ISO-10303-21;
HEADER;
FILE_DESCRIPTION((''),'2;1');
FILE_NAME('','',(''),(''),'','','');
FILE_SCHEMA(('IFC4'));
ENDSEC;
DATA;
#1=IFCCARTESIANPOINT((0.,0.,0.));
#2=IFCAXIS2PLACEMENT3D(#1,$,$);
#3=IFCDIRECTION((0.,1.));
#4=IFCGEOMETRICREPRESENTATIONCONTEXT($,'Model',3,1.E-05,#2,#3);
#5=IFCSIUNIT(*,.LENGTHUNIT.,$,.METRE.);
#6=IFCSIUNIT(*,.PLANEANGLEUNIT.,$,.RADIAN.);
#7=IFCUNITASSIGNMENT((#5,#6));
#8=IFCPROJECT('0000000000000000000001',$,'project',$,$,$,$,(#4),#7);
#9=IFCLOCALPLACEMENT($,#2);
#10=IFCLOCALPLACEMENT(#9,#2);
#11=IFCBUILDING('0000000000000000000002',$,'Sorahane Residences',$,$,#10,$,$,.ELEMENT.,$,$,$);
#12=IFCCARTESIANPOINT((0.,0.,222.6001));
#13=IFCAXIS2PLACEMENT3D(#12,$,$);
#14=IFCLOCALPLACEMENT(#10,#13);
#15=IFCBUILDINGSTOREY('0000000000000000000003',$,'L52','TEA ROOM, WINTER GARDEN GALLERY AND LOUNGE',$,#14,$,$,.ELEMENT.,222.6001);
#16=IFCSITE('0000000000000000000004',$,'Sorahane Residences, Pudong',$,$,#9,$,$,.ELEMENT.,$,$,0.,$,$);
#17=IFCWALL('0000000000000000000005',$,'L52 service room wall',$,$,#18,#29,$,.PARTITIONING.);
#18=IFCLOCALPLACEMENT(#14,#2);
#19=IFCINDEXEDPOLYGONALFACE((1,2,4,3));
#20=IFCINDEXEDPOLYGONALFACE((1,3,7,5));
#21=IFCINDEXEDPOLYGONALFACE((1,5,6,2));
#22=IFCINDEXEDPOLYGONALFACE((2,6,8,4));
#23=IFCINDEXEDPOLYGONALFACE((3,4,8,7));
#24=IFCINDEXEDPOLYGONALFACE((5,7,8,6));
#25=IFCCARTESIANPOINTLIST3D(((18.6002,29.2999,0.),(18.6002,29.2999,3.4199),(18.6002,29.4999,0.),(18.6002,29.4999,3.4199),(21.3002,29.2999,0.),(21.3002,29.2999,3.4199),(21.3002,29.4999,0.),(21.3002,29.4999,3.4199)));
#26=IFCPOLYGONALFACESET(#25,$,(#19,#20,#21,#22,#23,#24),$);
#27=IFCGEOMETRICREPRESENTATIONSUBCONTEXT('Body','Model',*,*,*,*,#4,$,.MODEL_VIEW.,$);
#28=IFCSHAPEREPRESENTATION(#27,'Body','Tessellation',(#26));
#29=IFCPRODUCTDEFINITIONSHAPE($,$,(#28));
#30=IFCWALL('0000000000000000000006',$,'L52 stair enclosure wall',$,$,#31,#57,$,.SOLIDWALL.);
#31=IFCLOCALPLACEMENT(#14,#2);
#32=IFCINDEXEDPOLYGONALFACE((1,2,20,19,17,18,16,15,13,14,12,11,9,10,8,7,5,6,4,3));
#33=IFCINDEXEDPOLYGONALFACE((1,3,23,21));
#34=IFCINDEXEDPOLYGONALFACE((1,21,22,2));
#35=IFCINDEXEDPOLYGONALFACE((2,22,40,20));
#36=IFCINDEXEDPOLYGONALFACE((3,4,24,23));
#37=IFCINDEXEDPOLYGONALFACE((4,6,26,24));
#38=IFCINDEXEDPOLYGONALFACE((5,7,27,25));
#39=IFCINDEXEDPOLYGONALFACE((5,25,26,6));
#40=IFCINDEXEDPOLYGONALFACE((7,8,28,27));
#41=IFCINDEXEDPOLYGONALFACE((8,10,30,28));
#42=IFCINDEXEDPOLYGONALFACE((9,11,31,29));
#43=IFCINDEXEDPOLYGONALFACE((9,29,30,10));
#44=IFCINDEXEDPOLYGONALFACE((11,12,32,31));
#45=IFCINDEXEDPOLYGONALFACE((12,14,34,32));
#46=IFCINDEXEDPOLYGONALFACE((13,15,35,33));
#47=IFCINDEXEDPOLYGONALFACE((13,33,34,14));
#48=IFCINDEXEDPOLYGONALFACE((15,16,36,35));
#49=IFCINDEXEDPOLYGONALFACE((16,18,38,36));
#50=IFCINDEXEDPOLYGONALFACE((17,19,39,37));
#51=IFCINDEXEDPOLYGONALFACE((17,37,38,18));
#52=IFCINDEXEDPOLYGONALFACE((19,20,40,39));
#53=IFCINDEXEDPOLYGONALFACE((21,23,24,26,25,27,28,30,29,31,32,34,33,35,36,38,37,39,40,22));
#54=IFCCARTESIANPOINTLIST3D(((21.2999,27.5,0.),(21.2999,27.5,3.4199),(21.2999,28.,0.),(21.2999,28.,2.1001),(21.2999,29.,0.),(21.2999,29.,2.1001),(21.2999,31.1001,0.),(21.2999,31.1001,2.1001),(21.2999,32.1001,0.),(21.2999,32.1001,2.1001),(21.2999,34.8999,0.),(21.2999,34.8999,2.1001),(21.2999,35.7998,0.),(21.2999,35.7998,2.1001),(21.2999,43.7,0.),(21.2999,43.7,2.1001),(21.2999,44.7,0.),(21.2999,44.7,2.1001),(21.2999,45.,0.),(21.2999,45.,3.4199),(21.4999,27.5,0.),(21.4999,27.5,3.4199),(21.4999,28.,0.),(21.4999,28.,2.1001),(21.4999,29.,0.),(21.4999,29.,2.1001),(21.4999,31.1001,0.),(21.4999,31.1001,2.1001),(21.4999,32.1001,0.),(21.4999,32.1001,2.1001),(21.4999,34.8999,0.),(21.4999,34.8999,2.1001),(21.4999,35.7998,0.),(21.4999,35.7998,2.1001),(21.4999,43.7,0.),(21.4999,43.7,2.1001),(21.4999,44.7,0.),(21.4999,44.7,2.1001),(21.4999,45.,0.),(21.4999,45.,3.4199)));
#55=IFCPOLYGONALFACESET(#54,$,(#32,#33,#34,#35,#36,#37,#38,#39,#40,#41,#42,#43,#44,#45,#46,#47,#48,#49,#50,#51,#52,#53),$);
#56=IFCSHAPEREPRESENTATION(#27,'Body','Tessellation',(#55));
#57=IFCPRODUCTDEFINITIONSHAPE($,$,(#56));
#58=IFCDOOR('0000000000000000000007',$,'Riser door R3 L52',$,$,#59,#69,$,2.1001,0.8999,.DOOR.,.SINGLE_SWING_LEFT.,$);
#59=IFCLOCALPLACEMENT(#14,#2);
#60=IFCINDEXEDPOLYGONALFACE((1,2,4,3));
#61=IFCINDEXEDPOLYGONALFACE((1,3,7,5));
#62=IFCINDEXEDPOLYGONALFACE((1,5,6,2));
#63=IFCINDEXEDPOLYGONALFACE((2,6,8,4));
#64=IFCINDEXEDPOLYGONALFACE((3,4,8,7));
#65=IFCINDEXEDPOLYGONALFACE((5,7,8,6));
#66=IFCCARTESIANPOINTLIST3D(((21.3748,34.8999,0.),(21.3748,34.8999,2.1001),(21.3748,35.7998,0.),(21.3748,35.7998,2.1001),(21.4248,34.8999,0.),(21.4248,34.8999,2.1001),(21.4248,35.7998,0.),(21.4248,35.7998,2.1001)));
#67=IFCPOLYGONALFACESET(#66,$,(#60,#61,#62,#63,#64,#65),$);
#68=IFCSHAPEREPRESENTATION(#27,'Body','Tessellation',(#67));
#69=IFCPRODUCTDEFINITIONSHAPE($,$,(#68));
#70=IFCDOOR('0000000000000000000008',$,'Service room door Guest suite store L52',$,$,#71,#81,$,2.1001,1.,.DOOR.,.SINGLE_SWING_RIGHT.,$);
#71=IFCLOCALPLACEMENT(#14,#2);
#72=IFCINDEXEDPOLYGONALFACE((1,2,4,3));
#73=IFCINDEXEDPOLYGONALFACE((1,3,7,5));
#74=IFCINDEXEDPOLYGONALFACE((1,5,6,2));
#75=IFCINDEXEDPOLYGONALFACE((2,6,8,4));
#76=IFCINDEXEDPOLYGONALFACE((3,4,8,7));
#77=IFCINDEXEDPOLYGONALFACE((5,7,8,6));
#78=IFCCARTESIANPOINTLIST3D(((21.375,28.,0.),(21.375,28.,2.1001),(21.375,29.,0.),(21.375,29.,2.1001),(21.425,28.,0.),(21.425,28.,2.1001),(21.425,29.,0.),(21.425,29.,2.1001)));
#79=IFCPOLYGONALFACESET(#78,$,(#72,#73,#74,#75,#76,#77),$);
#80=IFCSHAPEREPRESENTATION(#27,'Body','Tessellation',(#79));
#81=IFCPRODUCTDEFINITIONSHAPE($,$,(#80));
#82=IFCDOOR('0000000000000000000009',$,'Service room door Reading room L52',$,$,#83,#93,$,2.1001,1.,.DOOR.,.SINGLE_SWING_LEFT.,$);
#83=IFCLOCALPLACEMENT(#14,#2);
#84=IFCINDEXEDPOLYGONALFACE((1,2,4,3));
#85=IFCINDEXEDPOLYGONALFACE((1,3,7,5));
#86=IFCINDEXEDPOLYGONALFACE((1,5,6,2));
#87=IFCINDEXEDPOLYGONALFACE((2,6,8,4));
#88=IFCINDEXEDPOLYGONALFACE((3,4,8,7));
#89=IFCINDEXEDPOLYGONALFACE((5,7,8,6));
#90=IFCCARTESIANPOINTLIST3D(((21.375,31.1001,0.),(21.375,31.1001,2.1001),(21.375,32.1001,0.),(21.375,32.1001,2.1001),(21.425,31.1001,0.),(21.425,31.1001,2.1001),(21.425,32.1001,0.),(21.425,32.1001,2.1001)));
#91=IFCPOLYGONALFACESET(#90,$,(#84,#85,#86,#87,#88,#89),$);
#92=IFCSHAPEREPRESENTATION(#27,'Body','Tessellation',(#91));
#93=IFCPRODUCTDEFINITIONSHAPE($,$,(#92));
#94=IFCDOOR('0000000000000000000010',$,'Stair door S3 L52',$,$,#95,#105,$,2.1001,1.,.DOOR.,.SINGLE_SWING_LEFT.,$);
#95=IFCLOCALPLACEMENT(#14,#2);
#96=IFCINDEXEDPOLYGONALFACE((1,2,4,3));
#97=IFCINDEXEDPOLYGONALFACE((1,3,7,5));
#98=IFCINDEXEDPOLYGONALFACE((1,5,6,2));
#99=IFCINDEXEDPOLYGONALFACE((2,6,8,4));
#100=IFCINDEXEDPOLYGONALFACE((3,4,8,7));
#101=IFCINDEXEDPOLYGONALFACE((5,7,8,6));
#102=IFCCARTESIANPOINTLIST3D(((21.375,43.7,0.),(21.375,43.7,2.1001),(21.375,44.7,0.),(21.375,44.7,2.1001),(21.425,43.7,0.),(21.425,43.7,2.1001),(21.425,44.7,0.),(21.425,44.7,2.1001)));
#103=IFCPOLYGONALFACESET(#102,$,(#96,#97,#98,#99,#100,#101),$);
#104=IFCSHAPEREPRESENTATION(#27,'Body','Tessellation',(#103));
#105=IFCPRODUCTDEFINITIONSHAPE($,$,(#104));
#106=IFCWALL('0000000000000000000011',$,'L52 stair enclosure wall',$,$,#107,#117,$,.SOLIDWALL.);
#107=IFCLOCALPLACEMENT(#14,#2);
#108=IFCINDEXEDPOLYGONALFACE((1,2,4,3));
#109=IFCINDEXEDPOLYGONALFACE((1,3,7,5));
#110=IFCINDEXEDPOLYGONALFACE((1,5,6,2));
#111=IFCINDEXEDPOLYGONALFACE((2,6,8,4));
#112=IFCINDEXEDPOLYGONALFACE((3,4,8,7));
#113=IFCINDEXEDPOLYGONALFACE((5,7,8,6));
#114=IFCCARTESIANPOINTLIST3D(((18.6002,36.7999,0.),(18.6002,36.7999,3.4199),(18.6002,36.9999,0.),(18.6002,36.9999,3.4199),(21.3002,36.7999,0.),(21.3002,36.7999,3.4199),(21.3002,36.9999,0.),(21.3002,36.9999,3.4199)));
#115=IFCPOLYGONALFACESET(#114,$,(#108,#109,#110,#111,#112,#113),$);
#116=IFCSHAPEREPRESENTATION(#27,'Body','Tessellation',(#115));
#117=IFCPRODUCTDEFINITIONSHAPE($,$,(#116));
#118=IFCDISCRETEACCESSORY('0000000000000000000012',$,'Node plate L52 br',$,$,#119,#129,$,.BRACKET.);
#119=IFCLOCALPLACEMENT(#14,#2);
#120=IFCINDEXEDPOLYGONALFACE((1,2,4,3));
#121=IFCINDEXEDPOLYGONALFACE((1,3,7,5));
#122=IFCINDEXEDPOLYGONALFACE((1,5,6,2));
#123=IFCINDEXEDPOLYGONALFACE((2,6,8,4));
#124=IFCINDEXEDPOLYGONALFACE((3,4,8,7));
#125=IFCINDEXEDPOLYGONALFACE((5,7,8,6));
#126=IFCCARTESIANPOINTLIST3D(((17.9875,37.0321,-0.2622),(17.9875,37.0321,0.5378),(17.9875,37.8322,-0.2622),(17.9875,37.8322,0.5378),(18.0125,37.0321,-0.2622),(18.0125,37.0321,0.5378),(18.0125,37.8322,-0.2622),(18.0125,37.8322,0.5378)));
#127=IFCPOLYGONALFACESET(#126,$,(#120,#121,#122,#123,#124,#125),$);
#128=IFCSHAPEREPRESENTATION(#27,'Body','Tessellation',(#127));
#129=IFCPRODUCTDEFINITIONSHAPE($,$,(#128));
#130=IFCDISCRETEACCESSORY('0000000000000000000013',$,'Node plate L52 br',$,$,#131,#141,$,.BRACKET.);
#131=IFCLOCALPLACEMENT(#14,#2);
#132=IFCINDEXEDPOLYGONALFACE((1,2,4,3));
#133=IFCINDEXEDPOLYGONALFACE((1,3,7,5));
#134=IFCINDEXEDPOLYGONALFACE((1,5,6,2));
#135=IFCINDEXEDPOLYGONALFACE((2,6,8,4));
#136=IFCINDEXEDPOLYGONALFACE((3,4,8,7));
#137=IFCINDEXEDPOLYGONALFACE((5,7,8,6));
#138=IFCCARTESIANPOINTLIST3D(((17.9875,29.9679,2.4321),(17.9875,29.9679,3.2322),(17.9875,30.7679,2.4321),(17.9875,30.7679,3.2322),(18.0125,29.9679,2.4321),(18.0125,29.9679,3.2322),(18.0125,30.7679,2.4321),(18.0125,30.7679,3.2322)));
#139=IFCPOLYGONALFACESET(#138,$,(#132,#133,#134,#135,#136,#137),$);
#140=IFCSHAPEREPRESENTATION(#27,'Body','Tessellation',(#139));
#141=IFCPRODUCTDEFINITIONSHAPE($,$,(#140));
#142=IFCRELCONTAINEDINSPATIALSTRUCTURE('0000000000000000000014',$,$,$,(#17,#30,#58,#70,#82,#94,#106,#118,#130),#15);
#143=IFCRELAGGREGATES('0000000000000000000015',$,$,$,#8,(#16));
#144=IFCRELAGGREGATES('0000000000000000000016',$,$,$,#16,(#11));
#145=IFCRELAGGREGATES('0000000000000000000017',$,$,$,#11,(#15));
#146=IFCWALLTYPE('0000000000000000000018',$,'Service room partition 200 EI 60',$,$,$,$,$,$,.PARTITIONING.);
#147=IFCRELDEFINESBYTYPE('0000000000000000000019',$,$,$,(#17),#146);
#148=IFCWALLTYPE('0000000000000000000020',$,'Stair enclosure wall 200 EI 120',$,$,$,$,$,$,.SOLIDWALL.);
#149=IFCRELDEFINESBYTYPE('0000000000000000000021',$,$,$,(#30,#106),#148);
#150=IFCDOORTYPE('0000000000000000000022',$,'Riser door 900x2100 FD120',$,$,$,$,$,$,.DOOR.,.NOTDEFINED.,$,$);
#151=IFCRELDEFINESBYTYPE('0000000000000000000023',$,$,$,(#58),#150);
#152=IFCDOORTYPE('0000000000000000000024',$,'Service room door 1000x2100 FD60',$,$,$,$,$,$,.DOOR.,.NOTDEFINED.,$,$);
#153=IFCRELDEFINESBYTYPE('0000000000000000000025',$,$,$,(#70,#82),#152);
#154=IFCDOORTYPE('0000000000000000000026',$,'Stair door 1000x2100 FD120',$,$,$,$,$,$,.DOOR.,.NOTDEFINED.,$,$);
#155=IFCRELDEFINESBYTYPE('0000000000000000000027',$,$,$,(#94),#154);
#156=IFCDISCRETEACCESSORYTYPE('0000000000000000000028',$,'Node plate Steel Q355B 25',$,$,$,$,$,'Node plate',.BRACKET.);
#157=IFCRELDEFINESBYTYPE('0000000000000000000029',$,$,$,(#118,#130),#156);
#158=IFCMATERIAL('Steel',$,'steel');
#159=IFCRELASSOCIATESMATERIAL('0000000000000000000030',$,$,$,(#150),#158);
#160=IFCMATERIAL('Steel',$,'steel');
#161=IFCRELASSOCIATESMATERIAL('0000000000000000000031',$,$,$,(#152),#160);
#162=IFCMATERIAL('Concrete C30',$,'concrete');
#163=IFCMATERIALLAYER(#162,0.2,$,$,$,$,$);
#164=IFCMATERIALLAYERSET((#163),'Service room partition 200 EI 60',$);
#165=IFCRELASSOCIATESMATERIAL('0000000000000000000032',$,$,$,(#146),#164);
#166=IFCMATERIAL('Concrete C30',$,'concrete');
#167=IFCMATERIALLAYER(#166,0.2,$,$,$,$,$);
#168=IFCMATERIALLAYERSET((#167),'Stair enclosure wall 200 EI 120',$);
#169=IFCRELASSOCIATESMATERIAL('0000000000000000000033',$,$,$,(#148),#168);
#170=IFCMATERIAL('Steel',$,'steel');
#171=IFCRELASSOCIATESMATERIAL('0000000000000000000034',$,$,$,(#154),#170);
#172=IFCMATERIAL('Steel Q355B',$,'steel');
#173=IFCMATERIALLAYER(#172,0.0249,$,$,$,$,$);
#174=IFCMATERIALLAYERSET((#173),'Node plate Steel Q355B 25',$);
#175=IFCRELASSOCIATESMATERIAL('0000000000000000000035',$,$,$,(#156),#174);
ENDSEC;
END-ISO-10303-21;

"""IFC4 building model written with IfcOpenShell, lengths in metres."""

from ifc_helpers import new_model, si_unit, direction, frame, frame_2d, origin, origin_2d, place, context, subcontext, project, spatial, rectangle, extrude, material, layer, layer_set, type_object, element, fill, save


model = new_model("IFC4")

# Units and contexts
model_context = context("Model", 3, precision=1e-05, world=origin(), true_north=direction((0.0, 1.0)))
body_context = subcontext(model_context, "Body", "Model", "MODEL_VIEW")
ifc_project = project(units=[si_unit("LENGTHUNIT", "METRE"), si_unit("PLANEANGLEUNIT", "RADIAN")], contexts=[model_context])

# Site, building, storey
site_placement = place(None, origin())
site = spatial("IfcSite", under=ifc_project, at=site_placement, Name="Sorahane Residences, Pudong", CompositionType="ELEMENT", RefElevation=0.0)
building_placement = place(site_placement, origin())
building = spatial("IfcBuilding", under=site, at=building_placement, Name="Sorahane Residences", CompositionType="ELEMENT")
storey_placement = place(building_placement, frame((0.0, 0.0, 222.6001)))
storey = spatial("IfcBuildingStorey", under=building, at=storey_placement, Name="L52", Description="TEA ROOM, WINTER GARDEN GALLERY AND LOUNGE", CompositionType="ELEMENT", Elevation=222.6001)

# Shared definitions
ifc_material_1 = material(Name="Steel", Category="steel")
door_type_1 = type_object("IfcDoorType", Name="Riser door 900x2100 FD120", OperationType="NOTDEFINED", PredefinedType="DOOR", material=ifc_material_1)
ifc_material_2 = material(Name="Steel", Category="steel")
door_type_2 = type_object("IfcDoorType", Name="Service room door 1000x2100 FD60", OperationType="NOTDEFINED", PredefinedType="DOOR", material=ifc_material_2)

# Wall
ifc_material_3 = material(Name="Concrete C30", Category="concrete")
ifc_layer_1 = layer(ifc_material_3, 0.2)
ifc_layer_set_1 = layer_set([ifc_layer_1], Name="Service room partition 200 EI 60")
wall_type_1 = type_object("IfcWallType", Name="Service room partition 200 EI 60", PredefinedType="PARTITIONING", material=ifc_layer_set_1)
for number, where, z_axis, x_axis, name in (
    (1, (18.6001, 29.3999, 0.0), (0.0, 0.0, 1.0), (1.0, 0.0, 0.0), "L52 service room wall"),
):
    element("IfcWall", number, at=place(storey_placement, frame(where, z_axis=z_axis, x_axis=x_axis)), inside=storey, type_object=wall_type_1, Name=name, PredefinedType="PARTITIONING", context=body_context, shape_type="SweptSolid", body=[
        extrude(rectangle(XDim=2.7, YDim=0.2, at=frame_2d((1.3501, 0.0))), origin(), (0.0, 0.0, 1.0), 3.4199),
    ])

# Wall, openings, doors
ifc_material_4 = material(Name="Concrete C30", Category="concrete")
ifc_layer_2 = layer(ifc_material_4, 0.2)
ifc_layer_set_2 = layer_set([ifc_layer_2], Name="Stair enclosure wall 200 EI 120")
wall_type_2 = type_object("IfcWallType", Name="Stair enclosure wall 200 EI 120", PredefinedType="SOLIDWALL", material=ifc_layer_set_2)
wall_1_placement = place(storey_placement, frame((21.3999, 27.5, 0.0), z_axis=(0.0, 0.0, 1.0), x_axis=(0.0, 1.0, 0.0)))
wall_1 = element("IfcWall", 2, at=wall_1_placement, inside=storey, type_object=wall_type_2, Name="L52 stair enclosure wall", PredefinedType="SOLIDWALL", context=body_context, shape_type="SweptSolid", body=[
    extrude(rectangle(XDim=17.5, YDim=0.2, at=frame_2d((8.75, 0.0))), origin(), (0.0, 0.0, 1.0), 3.4199),
])
opening_1_placement = place(wall_1_placement, frame((0.5, 0.0, 0.0)))
opening_1 = element("IfcOpeningElement", 3, at=opening_1_placement, cuts=wall_1, PredefinedType="OPENING", context=body_context, shape_type="SweptSolid", body=[
    extrude(rectangle(XDim=1.0, YDim=2.1001, at=frame_2d((0.5, 1.05))), frame((0.0, 0.1099, 0.0), z_axis=(0.0, -1.0, 0.0), x_axis=(1.0, 0.0, 0.0)), (0.0, 0.0, 1.0), 0.22),
])
opening_2_placement = place(wall_1_placement, frame((3.6001, 0.0, 0.0)))
opening_2 = element("IfcOpeningElement", 4, at=opening_2_placement, cuts=wall_1, PredefinedType="OPENING", context=body_context, shape_type="SweptSolid", body=[
    extrude(rectangle(XDim=1.0, YDim=2.1001, at=frame_2d((0.5, 1.05))), frame((0.0, 0.1099, 0.0), z_axis=(0.0, -1.0, 0.0), x_axis=(1.0, 0.0, 0.0)), (0.0, 0.0, 1.0), 0.22),
])
opening_3_placement = place(wall_1_placement, frame((16.2, 0.0, 0.0)))
opening_3 = element("IfcOpeningElement", 5, at=opening_3_placement, cuts=wall_1, PredefinedType="OPENING", context=body_context, shape_type="SweptSolid", body=[
    extrude(rectangle(XDim=1.0, YDim=2.1001, at=frame_2d((0.5, 1.05))), frame((0.0, 0.1099, 0.0), z_axis=(0.0, -1.0, 0.0), x_axis=(1.0, 0.0, 0.0)), (0.0, 0.0, 1.0), 0.22),
])
opening_4_placement = place(wall_1_placement, frame((7.3999, 0.0, 0.0)))
opening_4 = element("IfcOpeningElement", 6, at=opening_4_placement, cuts=wall_1, PredefinedType="OPENING", context=body_context, shape_type="SweptSolid", body=[
    extrude(rectangle(XDim=0.8999, YDim=2.1001, at=frame_2d((0.45, 1.05))), frame((0.0, 0.1099, 0.0), z_axis=(0.0, -1.0, 0.0), x_axis=(1.0, 0.0, 0.0)), (0.0, 0.0, 1.0), 0.22),
])
door_1_placement = place(opening_4_placement, frame((0.8999, 0.0, 0.0), z_axis=(0.0, 0.0, 1.0), x_axis=(-1.0, 0.0, 0.0)))
door_1 = element("IfcDoor", 7, at=door_1_placement, inside=storey, type_object=door_type_1, Name="Riser door R3 L52", OperationType="SINGLE_SWING_LEFT", OverallHeight=2.1001, OverallWidth=0.8999, PredefinedType="DOOR", context=body_context, shape_type="SweptSolid", body=[
    extrude(rectangle(XDim=0.8999, YDim=2.1001, at=frame_2d((0.45, 1.05))), frame((0.0, 0.0249, 0.0), z_axis=(0.0, -1.0, 0.0), x_axis=(1.0, 0.0, 0.0)), (0.0, 0.0, 1.0), 0.05),
])
fill(opening_4, door_1)
door_2_placement = place(opening_1_placement, origin())
door_2 = element("IfcDoor", 8, at=door_2_placement, inside=storey, type_object=door_type_2, Name="Service room door Guest suite store L52", OperationType="SINGLE_SWING_RIGHT", OverallHeight=2.1001, OverallWidth=1.0, PredefinedType="DOOR", context=body_context, shape_type="SweptSolid", body=[
    extrude(rectangle(XDim=1.0, YDim=2.1001, at=frame_2d((0.5, 1.05))), frame((0.0, 0.0249, 0.0), z_axis=(0.0, -1.0, 0.0), x_axis=(1.0, 0.0, 0.0)), (0.0, 0.0, 1.0), 0.05),
])
fill(opening_1, door_2)
door_3_placement = place(opening_2_placement, origin())
door_3 = element("IfcDoor", 9, at=door_3_placement, inside=storey, type_object=door_type_2, Name="Service room door Reading room L52", OperationType="SINGLE_SWING_LEFT", OverallHeight=2.1001, OverallWidth=1.0, PredefinedType="DOOR", context=body_context, shape_type="SweptSolid", body=[
    extrude(rectangle(XDim=1.0, YDim=2.1001, at=frame_2d((0.5, 1.05))), frame((0.0, 0.0249, 0.0), z_axis=(0.0, -1.0, 0.0), x_axis=(1.0, 0.0, 0.0)), (0.0, 0.0, 1.0), 0.05),
])
fill(opening_2, door_3)
ifc_material_5 = material(Name="Steel", Category="steel")
door_type_3 = type_object("IfcDoorType", Name="Stair door 1000x2100 FD120", OperationType="NOTDEFINED", PredefinedType="DOOR", material=ifc_material_5)
door_4_placement = place(opening_3_placement, origin())
door_4 = element("IfcDoor", 10, at=door_4_placement, inside=storey, type_object=door_type_3, Name="Stair door S3 L52", OperationType="SINGLE_SWING_LEFT", OverallHeight=2.1001, OverallWidth=1.0, PredefinedType="DOOR", context=body_context, shape_type="SweptSolid", body=[
    extrude(rectangle(XDim=1.0, YDim=2.1001, at=frame_2d((0.5, 1.05))), frame((0.0, 0.0249, 0.0), z_axis=(0.0, -1.0, 0.0), x_axis=(1.0, 0.0, 0.0)), (0.0, 0.0, 1.0), 0.05),
])
fill(opening_3, door_4)

# Wall
wall_2_placement = place(storey_placement, frame((18.6001, 36.8999, 0.0), z_axis=(0.0, 0.0, 1.0), x_axis=(1.0, 0.0, 0.0)))
element("IfcWall", 11, at=wall_2_placement, inside=storey, type_object=wall_type_2, Name="L52 stair enclosure wall", PredefinedType="SOLIDWALL", context=body_context, shape_type="SweptSolid", body=[
    extrude(rectangle(XDim=2.7, YDim=0.2, at=frame_2d((1.3501, 0.0))), origin(), (0.0, 0.0, 1.0), 3.4199),
])

# Discrete accessories
ifc_material_6 = material(Name="Steel Q355B", Category="steel")
ifc_layer_3 = layer(ifc_material_6, 0.0249)
ifc_layer_set_3 = layer_set([ifc_layer_3], Name="Node plate Steel Q355B 25")
discrete_accessory_type = type_object("IfcDiscreteAccessoryType", Name="Node plate Steel Q355B 25", ElementType="Node plate", PredefinedType="BRACKET", material=ifc_layer_set_3)
for number, where, z_axis, x_axis, name in (
    (12, (18.0, 37.4321, -0.2622), (0.0, 0.0, 1.0), (0.0, 1.0, 0.0), "Node plate L52 br"),
    (13, (18.0, 30.3679, 2.4321), (0.0, 0.0, 1.0), (0.0, 1.0, 0.0), "Node plate L52 br"),
):
    element("IfcDiscreteAccessory", number, at=place(storey_placement, frame(where, z_axis=z_axis, x_axis=x_axis)), inside=storey, type_object=discrete_accessory_type, Name=name, PredefinedType="BRACKET", context=body_context, shape_type="SweptSolid", body=[
        extrude(rectangle(XDim=0.8, YDim=0.0249, at=origin_2d()), origin(), (0.0, 0.0, 1.0), 0.8),
    ])

save(model, "model.ifc")
